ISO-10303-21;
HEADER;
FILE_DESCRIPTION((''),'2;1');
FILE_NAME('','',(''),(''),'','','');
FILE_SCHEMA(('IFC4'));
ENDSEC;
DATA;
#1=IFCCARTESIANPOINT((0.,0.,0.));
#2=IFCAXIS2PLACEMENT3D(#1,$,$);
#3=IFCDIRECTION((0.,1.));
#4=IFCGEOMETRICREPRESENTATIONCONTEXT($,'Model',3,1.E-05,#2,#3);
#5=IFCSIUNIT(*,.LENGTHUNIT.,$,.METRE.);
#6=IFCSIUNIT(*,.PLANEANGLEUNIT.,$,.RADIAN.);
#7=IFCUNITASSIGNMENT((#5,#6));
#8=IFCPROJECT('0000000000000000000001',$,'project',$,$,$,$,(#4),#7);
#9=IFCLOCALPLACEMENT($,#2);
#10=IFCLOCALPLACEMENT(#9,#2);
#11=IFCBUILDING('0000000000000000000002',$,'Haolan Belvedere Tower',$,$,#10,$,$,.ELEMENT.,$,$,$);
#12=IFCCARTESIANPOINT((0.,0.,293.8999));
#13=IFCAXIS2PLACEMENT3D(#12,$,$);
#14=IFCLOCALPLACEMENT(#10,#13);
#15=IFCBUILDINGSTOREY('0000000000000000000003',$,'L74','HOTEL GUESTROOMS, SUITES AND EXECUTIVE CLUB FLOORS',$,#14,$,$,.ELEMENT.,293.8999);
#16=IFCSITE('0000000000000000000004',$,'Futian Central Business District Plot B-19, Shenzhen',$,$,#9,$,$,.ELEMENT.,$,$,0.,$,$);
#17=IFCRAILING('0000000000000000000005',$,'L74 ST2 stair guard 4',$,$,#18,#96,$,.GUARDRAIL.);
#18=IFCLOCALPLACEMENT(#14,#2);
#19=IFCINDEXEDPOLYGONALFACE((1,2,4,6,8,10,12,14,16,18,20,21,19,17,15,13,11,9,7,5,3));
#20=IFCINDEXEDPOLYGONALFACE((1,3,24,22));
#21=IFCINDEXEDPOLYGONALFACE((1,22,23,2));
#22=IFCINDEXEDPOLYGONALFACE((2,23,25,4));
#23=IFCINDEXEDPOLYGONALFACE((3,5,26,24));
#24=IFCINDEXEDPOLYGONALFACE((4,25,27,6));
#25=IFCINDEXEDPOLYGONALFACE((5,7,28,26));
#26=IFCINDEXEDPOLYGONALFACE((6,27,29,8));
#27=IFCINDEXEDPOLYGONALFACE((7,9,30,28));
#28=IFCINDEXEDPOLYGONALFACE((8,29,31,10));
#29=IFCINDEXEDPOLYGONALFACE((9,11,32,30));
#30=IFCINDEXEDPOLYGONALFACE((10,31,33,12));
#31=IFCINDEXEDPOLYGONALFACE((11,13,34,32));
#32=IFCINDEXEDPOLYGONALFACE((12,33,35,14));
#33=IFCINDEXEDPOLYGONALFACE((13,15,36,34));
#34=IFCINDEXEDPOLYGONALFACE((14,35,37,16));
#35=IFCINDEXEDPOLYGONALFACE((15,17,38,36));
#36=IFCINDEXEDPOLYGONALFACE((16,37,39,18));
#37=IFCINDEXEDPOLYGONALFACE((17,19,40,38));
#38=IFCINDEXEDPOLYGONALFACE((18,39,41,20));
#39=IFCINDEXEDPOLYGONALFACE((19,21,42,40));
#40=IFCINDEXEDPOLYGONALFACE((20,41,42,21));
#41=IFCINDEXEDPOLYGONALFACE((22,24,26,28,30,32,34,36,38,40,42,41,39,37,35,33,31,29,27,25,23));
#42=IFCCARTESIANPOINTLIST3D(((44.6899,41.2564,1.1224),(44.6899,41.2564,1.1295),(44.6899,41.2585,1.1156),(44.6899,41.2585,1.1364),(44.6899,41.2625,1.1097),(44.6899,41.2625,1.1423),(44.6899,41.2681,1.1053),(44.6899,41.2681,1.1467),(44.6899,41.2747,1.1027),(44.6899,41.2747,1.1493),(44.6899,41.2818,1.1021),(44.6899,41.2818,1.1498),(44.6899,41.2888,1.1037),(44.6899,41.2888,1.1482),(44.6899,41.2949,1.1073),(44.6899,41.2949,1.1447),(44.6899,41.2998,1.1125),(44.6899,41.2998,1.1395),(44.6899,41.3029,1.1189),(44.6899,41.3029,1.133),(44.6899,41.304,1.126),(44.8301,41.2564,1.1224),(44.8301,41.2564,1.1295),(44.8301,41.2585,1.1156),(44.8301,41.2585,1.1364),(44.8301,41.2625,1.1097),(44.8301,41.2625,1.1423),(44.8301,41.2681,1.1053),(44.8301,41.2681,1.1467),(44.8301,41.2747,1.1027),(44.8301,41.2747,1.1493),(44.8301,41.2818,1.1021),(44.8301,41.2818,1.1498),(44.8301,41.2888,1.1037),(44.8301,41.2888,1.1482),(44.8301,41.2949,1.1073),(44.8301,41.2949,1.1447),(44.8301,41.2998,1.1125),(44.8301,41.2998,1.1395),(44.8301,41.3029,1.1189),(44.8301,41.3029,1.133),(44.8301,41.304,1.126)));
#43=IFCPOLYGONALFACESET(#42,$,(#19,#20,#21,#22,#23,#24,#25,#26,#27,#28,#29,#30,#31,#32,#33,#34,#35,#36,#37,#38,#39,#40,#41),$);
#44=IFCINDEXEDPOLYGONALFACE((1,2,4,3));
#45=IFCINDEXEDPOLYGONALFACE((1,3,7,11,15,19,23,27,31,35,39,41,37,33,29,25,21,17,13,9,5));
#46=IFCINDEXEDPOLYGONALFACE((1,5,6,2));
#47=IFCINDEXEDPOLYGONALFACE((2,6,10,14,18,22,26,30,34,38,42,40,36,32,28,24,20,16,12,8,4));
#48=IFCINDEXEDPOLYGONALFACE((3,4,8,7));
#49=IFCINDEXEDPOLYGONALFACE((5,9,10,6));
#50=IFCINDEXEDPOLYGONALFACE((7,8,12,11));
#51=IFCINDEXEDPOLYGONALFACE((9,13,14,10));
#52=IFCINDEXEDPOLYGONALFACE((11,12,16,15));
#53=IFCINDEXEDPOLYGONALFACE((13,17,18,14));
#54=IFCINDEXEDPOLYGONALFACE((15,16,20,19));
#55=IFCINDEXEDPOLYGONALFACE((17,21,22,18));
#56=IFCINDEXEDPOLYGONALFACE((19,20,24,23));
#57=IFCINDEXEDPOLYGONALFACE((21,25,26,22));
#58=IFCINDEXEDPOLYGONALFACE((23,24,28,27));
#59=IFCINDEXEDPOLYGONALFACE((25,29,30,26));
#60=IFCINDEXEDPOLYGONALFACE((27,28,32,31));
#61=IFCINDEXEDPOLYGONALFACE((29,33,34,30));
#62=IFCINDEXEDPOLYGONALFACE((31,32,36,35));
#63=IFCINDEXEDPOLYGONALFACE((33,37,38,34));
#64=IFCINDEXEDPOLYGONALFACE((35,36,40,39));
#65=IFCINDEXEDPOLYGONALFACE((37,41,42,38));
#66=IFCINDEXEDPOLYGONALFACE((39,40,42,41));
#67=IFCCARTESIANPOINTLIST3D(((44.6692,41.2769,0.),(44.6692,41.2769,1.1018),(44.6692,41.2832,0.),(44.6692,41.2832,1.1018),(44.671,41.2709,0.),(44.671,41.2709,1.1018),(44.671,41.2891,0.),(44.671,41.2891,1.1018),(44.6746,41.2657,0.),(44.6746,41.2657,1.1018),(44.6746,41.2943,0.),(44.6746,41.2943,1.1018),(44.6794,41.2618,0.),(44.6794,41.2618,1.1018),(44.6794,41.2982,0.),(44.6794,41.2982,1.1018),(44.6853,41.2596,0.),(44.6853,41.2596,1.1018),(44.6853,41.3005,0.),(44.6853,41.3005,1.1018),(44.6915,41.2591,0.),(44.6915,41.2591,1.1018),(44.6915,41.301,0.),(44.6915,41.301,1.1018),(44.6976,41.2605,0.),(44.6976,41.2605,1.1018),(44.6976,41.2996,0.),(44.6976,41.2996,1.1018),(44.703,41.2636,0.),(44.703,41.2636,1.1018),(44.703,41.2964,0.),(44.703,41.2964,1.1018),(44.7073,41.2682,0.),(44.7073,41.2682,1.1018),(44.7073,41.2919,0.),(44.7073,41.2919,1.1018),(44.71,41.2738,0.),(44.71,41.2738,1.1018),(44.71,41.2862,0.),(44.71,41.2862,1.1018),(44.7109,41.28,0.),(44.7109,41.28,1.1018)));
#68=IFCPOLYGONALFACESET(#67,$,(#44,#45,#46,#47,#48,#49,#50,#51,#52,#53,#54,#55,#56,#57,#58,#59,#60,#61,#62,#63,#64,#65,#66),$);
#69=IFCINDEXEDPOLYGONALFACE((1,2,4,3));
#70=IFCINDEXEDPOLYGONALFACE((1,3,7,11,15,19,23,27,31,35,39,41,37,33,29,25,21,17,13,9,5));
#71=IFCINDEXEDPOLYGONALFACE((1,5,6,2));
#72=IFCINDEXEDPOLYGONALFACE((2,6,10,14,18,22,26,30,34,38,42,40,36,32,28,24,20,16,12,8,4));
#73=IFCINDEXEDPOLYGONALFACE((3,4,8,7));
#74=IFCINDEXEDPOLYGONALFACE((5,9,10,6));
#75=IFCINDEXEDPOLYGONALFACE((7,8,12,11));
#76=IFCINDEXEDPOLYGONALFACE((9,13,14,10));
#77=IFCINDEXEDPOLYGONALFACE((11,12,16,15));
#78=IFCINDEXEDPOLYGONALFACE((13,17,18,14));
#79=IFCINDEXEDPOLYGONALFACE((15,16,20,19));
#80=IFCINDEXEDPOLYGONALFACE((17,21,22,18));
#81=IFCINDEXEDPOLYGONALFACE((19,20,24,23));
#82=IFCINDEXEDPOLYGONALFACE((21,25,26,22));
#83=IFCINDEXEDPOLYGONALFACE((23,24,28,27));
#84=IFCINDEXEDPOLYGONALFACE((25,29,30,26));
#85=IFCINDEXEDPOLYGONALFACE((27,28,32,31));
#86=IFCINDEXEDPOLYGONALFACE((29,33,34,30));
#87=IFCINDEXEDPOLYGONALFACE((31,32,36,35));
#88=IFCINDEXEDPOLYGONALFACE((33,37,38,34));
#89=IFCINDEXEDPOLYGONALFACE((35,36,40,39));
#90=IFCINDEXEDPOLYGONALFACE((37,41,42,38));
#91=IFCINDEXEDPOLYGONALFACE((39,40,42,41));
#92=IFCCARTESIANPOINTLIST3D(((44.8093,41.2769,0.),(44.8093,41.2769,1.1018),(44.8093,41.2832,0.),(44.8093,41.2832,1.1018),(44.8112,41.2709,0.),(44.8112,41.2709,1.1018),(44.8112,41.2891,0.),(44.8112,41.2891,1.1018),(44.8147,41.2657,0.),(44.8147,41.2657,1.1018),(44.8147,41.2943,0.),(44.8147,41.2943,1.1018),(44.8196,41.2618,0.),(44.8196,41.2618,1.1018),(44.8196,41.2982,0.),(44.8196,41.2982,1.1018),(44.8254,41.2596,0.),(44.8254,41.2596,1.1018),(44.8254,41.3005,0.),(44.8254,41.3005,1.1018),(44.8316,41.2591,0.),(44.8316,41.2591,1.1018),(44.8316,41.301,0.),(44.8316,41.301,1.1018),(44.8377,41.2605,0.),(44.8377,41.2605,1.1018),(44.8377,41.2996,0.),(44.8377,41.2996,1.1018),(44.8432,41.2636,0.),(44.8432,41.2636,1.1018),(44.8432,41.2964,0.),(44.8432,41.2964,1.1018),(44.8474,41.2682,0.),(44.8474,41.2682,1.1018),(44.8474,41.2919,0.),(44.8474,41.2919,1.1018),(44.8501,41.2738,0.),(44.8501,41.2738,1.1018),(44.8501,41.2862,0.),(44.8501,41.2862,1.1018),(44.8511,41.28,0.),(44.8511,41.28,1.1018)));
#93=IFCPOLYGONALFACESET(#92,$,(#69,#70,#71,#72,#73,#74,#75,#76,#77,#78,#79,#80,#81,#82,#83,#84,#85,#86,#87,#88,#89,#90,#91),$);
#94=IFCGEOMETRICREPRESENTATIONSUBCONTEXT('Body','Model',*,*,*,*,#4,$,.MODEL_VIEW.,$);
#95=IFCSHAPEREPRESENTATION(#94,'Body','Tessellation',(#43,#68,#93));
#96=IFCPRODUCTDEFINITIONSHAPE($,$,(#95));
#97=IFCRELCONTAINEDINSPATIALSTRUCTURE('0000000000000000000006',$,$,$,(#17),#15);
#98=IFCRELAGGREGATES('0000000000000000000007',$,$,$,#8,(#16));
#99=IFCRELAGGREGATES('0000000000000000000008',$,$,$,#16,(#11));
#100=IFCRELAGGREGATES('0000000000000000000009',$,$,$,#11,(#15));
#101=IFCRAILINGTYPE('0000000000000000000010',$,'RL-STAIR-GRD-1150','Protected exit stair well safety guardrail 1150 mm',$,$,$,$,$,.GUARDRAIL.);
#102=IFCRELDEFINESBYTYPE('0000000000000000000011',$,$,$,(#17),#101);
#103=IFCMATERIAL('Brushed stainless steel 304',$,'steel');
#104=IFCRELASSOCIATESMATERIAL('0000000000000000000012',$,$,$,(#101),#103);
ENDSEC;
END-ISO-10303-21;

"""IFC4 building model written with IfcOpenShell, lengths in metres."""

from ifc_helpers import new_model, si_unit, direction, frame, origin, origin_2d, place, context, subcontext, project, spatial, circle, extrude, material, type_object, element, save


model = new_model("IFC4")

# Units and contexts
model_context = context("Model", 3, precision=1e-05, world=origin(), true_north=direction((0.0, 1.0)))
body_context = subcontext(model_context, "Body", "Model", "MODEL_VIEW")
ifc_project = project(units=[si_unit("LENGTHUNIT", "METRE"), si_unit("PLANEANGLEUNIT", "RADIAN")], contexts=[model_context])

# Site, building, storey
site_placement = place(None, origin())
site = spatial("IfcSite", under=ifc_project, at=site_placement, Name="Futian Central Business District Plot B-19, Shenzhen", CompositionType="ELEMENT", RefElevation=0.0)
building_placement = place(site_placement, origin())
building = spatial("IfcBuilding", under=site, at=building_placement, Name="Haolan Belvedere Tower", CompositionType="ELEMENT")
storey_placement = place(building_placement, frame((0.0, 0.0, 293.8999)))
storey = spatial("IfcBuildingStorey", under=building, at=storey_placement, Name="L74", Description="HOTEL GUESTROOMS, SUITES AND EXECUTIVE CLUB FLOORS", CompositionType="ELEMENT", Elevation=293.8999)

# Railing
ifc_material_1 = material(Name="Brushed stainless steel 304", Category="steel")
railing_type_1 = type_object("IfcRailingType", Name="RL-STAIR-GRD-1150", Description="Protected exit stair well safety guardrail 1150 mm", PredefinedType="GUARDRAIL", material=ifc_material_1)
railing_1_placement = place(storey_placement, frame((44.6899, 41.28, 0.0)))
element("IfcRailing", 1, at=railing_1_placement, inside=storey, type_object=railing_type_1, Name="L74 ST2 stair guard 4", PredefinedType="GUARDRAIL", context=body_context, shape_type="SweptSolid", body=[
    extrude(circle(Radius=0.0239, at=origin_2d()), frame((0.0, 0.0, 1.126), z_axis=(1.0, 0.0, 0.0), x_axis=(0.0, 1.0, 0.0)), (0.0, 0.0, 1.0), 0.1401),
    extrude(circle(Radius=0.021, at=origin_2d()), origin(), (0.0, 0.0, 1.0), 1.1018),
    extrude(circle(Radius=0.021, at=origin_2d()), frame((0.1401, 0.0, 0.0)), (0.0, 0.0, 1.0), 1.1018),
])

save(model, "model.ifc")
